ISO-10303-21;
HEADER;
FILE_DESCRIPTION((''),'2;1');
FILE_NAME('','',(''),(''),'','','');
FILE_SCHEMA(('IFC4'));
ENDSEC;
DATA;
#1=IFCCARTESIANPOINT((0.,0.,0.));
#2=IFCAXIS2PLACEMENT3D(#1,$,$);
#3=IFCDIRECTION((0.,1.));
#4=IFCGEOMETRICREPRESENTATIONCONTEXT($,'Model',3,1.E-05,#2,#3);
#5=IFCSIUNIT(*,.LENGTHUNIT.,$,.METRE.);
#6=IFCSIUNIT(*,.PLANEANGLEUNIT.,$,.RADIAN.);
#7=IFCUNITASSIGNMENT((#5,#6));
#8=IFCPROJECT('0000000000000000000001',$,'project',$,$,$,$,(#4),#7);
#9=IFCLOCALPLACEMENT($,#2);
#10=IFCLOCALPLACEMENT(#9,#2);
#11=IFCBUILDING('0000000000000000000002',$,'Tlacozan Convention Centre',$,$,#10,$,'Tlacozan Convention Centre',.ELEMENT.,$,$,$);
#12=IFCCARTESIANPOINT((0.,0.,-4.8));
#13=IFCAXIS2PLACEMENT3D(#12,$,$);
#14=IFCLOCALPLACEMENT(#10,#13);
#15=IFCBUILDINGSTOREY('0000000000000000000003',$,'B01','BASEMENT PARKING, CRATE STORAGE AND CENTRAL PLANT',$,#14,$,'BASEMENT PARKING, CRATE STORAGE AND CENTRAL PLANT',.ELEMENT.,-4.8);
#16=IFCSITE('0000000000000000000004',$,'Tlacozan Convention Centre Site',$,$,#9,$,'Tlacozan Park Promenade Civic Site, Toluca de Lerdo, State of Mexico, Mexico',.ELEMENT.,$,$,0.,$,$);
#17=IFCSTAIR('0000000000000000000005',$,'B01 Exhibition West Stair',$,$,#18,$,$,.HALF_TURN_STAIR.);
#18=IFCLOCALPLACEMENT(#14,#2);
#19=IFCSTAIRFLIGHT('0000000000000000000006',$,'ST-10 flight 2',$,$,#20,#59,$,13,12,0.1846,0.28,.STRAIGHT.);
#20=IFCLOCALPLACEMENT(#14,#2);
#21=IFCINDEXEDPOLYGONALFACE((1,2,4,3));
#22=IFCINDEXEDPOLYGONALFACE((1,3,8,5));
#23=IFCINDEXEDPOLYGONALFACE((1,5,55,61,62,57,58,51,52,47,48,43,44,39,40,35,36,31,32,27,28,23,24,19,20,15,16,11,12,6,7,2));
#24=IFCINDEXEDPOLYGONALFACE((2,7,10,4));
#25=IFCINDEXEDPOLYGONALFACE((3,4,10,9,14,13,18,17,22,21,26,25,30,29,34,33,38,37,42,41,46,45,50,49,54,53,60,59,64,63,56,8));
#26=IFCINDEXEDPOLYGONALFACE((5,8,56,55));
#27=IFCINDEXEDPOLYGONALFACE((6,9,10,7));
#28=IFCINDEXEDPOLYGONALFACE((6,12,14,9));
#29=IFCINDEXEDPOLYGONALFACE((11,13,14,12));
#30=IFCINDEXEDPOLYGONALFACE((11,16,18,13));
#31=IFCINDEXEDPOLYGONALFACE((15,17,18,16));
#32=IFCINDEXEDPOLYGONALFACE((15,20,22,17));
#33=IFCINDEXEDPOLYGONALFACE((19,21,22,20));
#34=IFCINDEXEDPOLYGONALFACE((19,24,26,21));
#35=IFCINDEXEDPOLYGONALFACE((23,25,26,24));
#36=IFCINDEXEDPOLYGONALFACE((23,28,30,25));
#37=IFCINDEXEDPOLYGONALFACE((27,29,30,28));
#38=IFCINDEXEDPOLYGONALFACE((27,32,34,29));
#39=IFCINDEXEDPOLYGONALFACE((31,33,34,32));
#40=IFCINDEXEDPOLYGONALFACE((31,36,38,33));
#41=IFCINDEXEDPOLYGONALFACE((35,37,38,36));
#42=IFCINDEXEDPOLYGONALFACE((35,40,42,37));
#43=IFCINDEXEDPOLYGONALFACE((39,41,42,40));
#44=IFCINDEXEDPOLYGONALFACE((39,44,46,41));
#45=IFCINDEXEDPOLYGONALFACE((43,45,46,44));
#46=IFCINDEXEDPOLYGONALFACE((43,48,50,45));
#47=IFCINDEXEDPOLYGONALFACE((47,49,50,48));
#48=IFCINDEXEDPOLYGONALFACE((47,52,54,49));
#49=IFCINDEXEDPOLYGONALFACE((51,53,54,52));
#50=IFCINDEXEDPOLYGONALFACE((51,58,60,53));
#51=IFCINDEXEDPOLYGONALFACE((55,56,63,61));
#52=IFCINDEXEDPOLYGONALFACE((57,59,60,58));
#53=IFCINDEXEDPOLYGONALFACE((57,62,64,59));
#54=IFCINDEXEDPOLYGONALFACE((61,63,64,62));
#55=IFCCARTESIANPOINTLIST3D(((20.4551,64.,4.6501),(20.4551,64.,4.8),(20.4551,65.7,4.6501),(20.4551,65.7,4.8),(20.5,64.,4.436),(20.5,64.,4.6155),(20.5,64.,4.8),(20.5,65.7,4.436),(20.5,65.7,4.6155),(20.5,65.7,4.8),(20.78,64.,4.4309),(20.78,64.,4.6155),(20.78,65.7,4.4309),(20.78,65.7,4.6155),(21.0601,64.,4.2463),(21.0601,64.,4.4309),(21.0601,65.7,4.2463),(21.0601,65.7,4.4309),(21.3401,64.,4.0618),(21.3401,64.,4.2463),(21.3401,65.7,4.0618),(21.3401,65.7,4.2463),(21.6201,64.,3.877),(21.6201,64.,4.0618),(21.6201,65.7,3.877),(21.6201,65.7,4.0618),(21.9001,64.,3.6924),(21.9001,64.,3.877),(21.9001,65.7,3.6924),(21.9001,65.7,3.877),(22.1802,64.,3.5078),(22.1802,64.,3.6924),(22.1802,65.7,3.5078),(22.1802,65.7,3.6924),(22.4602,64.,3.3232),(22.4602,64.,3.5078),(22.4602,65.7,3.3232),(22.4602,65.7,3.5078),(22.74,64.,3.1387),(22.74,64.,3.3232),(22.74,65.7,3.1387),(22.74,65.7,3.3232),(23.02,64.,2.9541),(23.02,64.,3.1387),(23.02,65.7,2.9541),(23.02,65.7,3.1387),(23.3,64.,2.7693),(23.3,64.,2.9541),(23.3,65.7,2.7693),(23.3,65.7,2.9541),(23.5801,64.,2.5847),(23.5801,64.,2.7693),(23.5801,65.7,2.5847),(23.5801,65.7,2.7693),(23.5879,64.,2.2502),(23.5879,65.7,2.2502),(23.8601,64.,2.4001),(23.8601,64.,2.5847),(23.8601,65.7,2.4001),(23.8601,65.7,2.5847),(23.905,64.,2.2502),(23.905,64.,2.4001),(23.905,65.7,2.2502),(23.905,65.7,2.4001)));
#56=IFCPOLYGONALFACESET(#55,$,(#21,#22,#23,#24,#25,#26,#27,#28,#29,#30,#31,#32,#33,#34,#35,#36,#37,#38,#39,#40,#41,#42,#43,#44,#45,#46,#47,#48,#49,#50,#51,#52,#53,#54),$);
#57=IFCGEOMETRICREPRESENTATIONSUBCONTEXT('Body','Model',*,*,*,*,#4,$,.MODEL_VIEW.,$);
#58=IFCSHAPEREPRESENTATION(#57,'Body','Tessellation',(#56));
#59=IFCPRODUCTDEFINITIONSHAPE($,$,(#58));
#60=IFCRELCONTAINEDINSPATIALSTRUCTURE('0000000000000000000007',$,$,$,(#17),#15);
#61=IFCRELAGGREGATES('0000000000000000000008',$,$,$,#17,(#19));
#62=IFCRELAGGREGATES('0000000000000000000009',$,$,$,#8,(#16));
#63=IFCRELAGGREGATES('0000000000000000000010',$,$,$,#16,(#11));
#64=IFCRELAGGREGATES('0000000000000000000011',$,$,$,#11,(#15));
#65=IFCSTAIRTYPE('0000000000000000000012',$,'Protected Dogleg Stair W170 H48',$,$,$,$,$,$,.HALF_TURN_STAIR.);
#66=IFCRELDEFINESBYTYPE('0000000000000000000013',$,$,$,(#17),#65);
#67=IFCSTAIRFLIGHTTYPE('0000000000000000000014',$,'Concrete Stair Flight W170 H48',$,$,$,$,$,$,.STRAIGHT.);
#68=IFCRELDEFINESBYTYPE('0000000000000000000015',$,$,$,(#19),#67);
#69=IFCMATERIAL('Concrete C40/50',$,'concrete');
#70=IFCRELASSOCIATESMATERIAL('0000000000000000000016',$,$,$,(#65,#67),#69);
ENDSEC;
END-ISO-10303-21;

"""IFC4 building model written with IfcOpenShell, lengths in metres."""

from ifc_helpers import new_model, si_unit, direction, frame, origin, place, context, subcontext, project, spatial, polyline, outline, extrude, material, type_object, element, aggregate, save


model = new_model("IFC4")

# Units and contexts
model_context = context("Model", 3, precision=1e-05, world=origin(), true_north=direction((0.0, 1.0)))
body_context = subcontext(model_context, "Body", "Model", "MODEL_VIEW")
ifc_project = project(units=[si_unit("LENGTHUNIT", "METRE"), si_unit("PLANEANGLEUNIT", "RADIAN")], contexts=[model_context])

# Site, building, storey
site_placement = place(None, origin())
site = spatial("IfcSite", under=ifc_project, at=site_placement, Name="Tlacozan Convention Centre Site", LongName="Tlacozan Park Promenade Civic Site, Toluca de Lerdo, State of Mexico, Mexico", CompositionType="ELEMENT", RefElevation=0.0)
building_placement = place(site_placement, origin())
building = spatial("IfcBuilding", under=site, at=building_placement, Name="Tlacozan Convention Centre", LongName="Tlacozan Convention Centre", CompositionType="ELEMENT")
storey_placement = place(building_placement, frame((0.0, 0.0, -4.8)))
storey = spatial("IfcBuildingStorey", under=building, at=storey_placement, Name="B01", Description="BASEMENT PARKING, CRATE STORAGE AND CENTRAL PLANT", LongName="BASEMENT PARKING, CRATE STORAGE AND CENTRAL PLANT", CompositionType="ELEMENT", Elevation=-4.8)

# Shared definitions
ifc_material_1 = material(Name="Concrete C40/50", Category="concrete")

# Stair, stair flight
stair_type = type_object("IfcStairType", Name="Protected Dogleg Stair W170 H48", PredefinedType="HALF_TURN_STAIR", material=ifc_material_1)
stair_placement = place(storey_placement, origin())
stair = element("IfcStair", 1, at=stair_placement, inside=storey, type_object=stair_type, Name="B01 Exhibition West Stair", PredefinedType="HALF_TURN_STAIR")
stair_flight_type = type_object("IfcStairFlightType", Name="Concrete Stair Flight W170 H48", PredefinedType="STRAIGHT", material=ifc_material_1)
stair_flight_1_placement = place(storey_placement, frame((23.8601, 64.8501, 2.4001), z_axis=(0.0, 0.0, 1.0), x_axis=(-1.0, 0.0, 0.0)))
stair_flight_1 = element("IfcStairFlight", 2, at=stair_flight_1_placement, type_object=stair_flight_type, Name="ST-10 flight 2", NumberOfRisers=13, NumberOfTreads=12, PredefinedType="STRAIGHT", RiserHeight=0.1846, TreadLength=0.28, context=body_context, shape_type="SweptSolid", body=[
    extrude(outline(polyline([(-0.0449, -0.1499), (-0.0449, 0.0), (0.0, 0.0), (0.0, 0.1846), (0.28, 0.1846), (0.28, 0.3691), (0.5601, 0.3691), (0.5601, 0.554), (0.8401, 0.554), (0.8401, 0.7385), (1.1201, 0.7385), (1.1201, 0.9231), (1.3999, 0.9231), (1.3999, 1.1077), (1.6799, 1.1077), (1.6799, 1.2922), (1.96, 1.2922), (1.96, 1.4768), (2.24, 1.4768), (2.24, 1.6616), (2.52, 1.6616), (2.52, 1.8462), (2.8, 1.8462), (2.8, 2.0308), (3.0801, 2.0308), (3.0801, 2.2153), (3.3601, 2.2153), (3.3601, 2.3999), (3.405, 2.3999), (3.405, 2.25), (3.3601, 2.0359), (0.2722, -0.1499), (-0.0449, -0.1499)])), frame((0.0, 0.8501, 0.0), z_axis=(0.0, -1.0, 0.0), x_axis=(1.0, 0.0, 0.0)), (0.0, 0.0, 1.0), 1.7),
])
aggregate(stair, [stair_flight_1])

save(model, "model.ifc")
